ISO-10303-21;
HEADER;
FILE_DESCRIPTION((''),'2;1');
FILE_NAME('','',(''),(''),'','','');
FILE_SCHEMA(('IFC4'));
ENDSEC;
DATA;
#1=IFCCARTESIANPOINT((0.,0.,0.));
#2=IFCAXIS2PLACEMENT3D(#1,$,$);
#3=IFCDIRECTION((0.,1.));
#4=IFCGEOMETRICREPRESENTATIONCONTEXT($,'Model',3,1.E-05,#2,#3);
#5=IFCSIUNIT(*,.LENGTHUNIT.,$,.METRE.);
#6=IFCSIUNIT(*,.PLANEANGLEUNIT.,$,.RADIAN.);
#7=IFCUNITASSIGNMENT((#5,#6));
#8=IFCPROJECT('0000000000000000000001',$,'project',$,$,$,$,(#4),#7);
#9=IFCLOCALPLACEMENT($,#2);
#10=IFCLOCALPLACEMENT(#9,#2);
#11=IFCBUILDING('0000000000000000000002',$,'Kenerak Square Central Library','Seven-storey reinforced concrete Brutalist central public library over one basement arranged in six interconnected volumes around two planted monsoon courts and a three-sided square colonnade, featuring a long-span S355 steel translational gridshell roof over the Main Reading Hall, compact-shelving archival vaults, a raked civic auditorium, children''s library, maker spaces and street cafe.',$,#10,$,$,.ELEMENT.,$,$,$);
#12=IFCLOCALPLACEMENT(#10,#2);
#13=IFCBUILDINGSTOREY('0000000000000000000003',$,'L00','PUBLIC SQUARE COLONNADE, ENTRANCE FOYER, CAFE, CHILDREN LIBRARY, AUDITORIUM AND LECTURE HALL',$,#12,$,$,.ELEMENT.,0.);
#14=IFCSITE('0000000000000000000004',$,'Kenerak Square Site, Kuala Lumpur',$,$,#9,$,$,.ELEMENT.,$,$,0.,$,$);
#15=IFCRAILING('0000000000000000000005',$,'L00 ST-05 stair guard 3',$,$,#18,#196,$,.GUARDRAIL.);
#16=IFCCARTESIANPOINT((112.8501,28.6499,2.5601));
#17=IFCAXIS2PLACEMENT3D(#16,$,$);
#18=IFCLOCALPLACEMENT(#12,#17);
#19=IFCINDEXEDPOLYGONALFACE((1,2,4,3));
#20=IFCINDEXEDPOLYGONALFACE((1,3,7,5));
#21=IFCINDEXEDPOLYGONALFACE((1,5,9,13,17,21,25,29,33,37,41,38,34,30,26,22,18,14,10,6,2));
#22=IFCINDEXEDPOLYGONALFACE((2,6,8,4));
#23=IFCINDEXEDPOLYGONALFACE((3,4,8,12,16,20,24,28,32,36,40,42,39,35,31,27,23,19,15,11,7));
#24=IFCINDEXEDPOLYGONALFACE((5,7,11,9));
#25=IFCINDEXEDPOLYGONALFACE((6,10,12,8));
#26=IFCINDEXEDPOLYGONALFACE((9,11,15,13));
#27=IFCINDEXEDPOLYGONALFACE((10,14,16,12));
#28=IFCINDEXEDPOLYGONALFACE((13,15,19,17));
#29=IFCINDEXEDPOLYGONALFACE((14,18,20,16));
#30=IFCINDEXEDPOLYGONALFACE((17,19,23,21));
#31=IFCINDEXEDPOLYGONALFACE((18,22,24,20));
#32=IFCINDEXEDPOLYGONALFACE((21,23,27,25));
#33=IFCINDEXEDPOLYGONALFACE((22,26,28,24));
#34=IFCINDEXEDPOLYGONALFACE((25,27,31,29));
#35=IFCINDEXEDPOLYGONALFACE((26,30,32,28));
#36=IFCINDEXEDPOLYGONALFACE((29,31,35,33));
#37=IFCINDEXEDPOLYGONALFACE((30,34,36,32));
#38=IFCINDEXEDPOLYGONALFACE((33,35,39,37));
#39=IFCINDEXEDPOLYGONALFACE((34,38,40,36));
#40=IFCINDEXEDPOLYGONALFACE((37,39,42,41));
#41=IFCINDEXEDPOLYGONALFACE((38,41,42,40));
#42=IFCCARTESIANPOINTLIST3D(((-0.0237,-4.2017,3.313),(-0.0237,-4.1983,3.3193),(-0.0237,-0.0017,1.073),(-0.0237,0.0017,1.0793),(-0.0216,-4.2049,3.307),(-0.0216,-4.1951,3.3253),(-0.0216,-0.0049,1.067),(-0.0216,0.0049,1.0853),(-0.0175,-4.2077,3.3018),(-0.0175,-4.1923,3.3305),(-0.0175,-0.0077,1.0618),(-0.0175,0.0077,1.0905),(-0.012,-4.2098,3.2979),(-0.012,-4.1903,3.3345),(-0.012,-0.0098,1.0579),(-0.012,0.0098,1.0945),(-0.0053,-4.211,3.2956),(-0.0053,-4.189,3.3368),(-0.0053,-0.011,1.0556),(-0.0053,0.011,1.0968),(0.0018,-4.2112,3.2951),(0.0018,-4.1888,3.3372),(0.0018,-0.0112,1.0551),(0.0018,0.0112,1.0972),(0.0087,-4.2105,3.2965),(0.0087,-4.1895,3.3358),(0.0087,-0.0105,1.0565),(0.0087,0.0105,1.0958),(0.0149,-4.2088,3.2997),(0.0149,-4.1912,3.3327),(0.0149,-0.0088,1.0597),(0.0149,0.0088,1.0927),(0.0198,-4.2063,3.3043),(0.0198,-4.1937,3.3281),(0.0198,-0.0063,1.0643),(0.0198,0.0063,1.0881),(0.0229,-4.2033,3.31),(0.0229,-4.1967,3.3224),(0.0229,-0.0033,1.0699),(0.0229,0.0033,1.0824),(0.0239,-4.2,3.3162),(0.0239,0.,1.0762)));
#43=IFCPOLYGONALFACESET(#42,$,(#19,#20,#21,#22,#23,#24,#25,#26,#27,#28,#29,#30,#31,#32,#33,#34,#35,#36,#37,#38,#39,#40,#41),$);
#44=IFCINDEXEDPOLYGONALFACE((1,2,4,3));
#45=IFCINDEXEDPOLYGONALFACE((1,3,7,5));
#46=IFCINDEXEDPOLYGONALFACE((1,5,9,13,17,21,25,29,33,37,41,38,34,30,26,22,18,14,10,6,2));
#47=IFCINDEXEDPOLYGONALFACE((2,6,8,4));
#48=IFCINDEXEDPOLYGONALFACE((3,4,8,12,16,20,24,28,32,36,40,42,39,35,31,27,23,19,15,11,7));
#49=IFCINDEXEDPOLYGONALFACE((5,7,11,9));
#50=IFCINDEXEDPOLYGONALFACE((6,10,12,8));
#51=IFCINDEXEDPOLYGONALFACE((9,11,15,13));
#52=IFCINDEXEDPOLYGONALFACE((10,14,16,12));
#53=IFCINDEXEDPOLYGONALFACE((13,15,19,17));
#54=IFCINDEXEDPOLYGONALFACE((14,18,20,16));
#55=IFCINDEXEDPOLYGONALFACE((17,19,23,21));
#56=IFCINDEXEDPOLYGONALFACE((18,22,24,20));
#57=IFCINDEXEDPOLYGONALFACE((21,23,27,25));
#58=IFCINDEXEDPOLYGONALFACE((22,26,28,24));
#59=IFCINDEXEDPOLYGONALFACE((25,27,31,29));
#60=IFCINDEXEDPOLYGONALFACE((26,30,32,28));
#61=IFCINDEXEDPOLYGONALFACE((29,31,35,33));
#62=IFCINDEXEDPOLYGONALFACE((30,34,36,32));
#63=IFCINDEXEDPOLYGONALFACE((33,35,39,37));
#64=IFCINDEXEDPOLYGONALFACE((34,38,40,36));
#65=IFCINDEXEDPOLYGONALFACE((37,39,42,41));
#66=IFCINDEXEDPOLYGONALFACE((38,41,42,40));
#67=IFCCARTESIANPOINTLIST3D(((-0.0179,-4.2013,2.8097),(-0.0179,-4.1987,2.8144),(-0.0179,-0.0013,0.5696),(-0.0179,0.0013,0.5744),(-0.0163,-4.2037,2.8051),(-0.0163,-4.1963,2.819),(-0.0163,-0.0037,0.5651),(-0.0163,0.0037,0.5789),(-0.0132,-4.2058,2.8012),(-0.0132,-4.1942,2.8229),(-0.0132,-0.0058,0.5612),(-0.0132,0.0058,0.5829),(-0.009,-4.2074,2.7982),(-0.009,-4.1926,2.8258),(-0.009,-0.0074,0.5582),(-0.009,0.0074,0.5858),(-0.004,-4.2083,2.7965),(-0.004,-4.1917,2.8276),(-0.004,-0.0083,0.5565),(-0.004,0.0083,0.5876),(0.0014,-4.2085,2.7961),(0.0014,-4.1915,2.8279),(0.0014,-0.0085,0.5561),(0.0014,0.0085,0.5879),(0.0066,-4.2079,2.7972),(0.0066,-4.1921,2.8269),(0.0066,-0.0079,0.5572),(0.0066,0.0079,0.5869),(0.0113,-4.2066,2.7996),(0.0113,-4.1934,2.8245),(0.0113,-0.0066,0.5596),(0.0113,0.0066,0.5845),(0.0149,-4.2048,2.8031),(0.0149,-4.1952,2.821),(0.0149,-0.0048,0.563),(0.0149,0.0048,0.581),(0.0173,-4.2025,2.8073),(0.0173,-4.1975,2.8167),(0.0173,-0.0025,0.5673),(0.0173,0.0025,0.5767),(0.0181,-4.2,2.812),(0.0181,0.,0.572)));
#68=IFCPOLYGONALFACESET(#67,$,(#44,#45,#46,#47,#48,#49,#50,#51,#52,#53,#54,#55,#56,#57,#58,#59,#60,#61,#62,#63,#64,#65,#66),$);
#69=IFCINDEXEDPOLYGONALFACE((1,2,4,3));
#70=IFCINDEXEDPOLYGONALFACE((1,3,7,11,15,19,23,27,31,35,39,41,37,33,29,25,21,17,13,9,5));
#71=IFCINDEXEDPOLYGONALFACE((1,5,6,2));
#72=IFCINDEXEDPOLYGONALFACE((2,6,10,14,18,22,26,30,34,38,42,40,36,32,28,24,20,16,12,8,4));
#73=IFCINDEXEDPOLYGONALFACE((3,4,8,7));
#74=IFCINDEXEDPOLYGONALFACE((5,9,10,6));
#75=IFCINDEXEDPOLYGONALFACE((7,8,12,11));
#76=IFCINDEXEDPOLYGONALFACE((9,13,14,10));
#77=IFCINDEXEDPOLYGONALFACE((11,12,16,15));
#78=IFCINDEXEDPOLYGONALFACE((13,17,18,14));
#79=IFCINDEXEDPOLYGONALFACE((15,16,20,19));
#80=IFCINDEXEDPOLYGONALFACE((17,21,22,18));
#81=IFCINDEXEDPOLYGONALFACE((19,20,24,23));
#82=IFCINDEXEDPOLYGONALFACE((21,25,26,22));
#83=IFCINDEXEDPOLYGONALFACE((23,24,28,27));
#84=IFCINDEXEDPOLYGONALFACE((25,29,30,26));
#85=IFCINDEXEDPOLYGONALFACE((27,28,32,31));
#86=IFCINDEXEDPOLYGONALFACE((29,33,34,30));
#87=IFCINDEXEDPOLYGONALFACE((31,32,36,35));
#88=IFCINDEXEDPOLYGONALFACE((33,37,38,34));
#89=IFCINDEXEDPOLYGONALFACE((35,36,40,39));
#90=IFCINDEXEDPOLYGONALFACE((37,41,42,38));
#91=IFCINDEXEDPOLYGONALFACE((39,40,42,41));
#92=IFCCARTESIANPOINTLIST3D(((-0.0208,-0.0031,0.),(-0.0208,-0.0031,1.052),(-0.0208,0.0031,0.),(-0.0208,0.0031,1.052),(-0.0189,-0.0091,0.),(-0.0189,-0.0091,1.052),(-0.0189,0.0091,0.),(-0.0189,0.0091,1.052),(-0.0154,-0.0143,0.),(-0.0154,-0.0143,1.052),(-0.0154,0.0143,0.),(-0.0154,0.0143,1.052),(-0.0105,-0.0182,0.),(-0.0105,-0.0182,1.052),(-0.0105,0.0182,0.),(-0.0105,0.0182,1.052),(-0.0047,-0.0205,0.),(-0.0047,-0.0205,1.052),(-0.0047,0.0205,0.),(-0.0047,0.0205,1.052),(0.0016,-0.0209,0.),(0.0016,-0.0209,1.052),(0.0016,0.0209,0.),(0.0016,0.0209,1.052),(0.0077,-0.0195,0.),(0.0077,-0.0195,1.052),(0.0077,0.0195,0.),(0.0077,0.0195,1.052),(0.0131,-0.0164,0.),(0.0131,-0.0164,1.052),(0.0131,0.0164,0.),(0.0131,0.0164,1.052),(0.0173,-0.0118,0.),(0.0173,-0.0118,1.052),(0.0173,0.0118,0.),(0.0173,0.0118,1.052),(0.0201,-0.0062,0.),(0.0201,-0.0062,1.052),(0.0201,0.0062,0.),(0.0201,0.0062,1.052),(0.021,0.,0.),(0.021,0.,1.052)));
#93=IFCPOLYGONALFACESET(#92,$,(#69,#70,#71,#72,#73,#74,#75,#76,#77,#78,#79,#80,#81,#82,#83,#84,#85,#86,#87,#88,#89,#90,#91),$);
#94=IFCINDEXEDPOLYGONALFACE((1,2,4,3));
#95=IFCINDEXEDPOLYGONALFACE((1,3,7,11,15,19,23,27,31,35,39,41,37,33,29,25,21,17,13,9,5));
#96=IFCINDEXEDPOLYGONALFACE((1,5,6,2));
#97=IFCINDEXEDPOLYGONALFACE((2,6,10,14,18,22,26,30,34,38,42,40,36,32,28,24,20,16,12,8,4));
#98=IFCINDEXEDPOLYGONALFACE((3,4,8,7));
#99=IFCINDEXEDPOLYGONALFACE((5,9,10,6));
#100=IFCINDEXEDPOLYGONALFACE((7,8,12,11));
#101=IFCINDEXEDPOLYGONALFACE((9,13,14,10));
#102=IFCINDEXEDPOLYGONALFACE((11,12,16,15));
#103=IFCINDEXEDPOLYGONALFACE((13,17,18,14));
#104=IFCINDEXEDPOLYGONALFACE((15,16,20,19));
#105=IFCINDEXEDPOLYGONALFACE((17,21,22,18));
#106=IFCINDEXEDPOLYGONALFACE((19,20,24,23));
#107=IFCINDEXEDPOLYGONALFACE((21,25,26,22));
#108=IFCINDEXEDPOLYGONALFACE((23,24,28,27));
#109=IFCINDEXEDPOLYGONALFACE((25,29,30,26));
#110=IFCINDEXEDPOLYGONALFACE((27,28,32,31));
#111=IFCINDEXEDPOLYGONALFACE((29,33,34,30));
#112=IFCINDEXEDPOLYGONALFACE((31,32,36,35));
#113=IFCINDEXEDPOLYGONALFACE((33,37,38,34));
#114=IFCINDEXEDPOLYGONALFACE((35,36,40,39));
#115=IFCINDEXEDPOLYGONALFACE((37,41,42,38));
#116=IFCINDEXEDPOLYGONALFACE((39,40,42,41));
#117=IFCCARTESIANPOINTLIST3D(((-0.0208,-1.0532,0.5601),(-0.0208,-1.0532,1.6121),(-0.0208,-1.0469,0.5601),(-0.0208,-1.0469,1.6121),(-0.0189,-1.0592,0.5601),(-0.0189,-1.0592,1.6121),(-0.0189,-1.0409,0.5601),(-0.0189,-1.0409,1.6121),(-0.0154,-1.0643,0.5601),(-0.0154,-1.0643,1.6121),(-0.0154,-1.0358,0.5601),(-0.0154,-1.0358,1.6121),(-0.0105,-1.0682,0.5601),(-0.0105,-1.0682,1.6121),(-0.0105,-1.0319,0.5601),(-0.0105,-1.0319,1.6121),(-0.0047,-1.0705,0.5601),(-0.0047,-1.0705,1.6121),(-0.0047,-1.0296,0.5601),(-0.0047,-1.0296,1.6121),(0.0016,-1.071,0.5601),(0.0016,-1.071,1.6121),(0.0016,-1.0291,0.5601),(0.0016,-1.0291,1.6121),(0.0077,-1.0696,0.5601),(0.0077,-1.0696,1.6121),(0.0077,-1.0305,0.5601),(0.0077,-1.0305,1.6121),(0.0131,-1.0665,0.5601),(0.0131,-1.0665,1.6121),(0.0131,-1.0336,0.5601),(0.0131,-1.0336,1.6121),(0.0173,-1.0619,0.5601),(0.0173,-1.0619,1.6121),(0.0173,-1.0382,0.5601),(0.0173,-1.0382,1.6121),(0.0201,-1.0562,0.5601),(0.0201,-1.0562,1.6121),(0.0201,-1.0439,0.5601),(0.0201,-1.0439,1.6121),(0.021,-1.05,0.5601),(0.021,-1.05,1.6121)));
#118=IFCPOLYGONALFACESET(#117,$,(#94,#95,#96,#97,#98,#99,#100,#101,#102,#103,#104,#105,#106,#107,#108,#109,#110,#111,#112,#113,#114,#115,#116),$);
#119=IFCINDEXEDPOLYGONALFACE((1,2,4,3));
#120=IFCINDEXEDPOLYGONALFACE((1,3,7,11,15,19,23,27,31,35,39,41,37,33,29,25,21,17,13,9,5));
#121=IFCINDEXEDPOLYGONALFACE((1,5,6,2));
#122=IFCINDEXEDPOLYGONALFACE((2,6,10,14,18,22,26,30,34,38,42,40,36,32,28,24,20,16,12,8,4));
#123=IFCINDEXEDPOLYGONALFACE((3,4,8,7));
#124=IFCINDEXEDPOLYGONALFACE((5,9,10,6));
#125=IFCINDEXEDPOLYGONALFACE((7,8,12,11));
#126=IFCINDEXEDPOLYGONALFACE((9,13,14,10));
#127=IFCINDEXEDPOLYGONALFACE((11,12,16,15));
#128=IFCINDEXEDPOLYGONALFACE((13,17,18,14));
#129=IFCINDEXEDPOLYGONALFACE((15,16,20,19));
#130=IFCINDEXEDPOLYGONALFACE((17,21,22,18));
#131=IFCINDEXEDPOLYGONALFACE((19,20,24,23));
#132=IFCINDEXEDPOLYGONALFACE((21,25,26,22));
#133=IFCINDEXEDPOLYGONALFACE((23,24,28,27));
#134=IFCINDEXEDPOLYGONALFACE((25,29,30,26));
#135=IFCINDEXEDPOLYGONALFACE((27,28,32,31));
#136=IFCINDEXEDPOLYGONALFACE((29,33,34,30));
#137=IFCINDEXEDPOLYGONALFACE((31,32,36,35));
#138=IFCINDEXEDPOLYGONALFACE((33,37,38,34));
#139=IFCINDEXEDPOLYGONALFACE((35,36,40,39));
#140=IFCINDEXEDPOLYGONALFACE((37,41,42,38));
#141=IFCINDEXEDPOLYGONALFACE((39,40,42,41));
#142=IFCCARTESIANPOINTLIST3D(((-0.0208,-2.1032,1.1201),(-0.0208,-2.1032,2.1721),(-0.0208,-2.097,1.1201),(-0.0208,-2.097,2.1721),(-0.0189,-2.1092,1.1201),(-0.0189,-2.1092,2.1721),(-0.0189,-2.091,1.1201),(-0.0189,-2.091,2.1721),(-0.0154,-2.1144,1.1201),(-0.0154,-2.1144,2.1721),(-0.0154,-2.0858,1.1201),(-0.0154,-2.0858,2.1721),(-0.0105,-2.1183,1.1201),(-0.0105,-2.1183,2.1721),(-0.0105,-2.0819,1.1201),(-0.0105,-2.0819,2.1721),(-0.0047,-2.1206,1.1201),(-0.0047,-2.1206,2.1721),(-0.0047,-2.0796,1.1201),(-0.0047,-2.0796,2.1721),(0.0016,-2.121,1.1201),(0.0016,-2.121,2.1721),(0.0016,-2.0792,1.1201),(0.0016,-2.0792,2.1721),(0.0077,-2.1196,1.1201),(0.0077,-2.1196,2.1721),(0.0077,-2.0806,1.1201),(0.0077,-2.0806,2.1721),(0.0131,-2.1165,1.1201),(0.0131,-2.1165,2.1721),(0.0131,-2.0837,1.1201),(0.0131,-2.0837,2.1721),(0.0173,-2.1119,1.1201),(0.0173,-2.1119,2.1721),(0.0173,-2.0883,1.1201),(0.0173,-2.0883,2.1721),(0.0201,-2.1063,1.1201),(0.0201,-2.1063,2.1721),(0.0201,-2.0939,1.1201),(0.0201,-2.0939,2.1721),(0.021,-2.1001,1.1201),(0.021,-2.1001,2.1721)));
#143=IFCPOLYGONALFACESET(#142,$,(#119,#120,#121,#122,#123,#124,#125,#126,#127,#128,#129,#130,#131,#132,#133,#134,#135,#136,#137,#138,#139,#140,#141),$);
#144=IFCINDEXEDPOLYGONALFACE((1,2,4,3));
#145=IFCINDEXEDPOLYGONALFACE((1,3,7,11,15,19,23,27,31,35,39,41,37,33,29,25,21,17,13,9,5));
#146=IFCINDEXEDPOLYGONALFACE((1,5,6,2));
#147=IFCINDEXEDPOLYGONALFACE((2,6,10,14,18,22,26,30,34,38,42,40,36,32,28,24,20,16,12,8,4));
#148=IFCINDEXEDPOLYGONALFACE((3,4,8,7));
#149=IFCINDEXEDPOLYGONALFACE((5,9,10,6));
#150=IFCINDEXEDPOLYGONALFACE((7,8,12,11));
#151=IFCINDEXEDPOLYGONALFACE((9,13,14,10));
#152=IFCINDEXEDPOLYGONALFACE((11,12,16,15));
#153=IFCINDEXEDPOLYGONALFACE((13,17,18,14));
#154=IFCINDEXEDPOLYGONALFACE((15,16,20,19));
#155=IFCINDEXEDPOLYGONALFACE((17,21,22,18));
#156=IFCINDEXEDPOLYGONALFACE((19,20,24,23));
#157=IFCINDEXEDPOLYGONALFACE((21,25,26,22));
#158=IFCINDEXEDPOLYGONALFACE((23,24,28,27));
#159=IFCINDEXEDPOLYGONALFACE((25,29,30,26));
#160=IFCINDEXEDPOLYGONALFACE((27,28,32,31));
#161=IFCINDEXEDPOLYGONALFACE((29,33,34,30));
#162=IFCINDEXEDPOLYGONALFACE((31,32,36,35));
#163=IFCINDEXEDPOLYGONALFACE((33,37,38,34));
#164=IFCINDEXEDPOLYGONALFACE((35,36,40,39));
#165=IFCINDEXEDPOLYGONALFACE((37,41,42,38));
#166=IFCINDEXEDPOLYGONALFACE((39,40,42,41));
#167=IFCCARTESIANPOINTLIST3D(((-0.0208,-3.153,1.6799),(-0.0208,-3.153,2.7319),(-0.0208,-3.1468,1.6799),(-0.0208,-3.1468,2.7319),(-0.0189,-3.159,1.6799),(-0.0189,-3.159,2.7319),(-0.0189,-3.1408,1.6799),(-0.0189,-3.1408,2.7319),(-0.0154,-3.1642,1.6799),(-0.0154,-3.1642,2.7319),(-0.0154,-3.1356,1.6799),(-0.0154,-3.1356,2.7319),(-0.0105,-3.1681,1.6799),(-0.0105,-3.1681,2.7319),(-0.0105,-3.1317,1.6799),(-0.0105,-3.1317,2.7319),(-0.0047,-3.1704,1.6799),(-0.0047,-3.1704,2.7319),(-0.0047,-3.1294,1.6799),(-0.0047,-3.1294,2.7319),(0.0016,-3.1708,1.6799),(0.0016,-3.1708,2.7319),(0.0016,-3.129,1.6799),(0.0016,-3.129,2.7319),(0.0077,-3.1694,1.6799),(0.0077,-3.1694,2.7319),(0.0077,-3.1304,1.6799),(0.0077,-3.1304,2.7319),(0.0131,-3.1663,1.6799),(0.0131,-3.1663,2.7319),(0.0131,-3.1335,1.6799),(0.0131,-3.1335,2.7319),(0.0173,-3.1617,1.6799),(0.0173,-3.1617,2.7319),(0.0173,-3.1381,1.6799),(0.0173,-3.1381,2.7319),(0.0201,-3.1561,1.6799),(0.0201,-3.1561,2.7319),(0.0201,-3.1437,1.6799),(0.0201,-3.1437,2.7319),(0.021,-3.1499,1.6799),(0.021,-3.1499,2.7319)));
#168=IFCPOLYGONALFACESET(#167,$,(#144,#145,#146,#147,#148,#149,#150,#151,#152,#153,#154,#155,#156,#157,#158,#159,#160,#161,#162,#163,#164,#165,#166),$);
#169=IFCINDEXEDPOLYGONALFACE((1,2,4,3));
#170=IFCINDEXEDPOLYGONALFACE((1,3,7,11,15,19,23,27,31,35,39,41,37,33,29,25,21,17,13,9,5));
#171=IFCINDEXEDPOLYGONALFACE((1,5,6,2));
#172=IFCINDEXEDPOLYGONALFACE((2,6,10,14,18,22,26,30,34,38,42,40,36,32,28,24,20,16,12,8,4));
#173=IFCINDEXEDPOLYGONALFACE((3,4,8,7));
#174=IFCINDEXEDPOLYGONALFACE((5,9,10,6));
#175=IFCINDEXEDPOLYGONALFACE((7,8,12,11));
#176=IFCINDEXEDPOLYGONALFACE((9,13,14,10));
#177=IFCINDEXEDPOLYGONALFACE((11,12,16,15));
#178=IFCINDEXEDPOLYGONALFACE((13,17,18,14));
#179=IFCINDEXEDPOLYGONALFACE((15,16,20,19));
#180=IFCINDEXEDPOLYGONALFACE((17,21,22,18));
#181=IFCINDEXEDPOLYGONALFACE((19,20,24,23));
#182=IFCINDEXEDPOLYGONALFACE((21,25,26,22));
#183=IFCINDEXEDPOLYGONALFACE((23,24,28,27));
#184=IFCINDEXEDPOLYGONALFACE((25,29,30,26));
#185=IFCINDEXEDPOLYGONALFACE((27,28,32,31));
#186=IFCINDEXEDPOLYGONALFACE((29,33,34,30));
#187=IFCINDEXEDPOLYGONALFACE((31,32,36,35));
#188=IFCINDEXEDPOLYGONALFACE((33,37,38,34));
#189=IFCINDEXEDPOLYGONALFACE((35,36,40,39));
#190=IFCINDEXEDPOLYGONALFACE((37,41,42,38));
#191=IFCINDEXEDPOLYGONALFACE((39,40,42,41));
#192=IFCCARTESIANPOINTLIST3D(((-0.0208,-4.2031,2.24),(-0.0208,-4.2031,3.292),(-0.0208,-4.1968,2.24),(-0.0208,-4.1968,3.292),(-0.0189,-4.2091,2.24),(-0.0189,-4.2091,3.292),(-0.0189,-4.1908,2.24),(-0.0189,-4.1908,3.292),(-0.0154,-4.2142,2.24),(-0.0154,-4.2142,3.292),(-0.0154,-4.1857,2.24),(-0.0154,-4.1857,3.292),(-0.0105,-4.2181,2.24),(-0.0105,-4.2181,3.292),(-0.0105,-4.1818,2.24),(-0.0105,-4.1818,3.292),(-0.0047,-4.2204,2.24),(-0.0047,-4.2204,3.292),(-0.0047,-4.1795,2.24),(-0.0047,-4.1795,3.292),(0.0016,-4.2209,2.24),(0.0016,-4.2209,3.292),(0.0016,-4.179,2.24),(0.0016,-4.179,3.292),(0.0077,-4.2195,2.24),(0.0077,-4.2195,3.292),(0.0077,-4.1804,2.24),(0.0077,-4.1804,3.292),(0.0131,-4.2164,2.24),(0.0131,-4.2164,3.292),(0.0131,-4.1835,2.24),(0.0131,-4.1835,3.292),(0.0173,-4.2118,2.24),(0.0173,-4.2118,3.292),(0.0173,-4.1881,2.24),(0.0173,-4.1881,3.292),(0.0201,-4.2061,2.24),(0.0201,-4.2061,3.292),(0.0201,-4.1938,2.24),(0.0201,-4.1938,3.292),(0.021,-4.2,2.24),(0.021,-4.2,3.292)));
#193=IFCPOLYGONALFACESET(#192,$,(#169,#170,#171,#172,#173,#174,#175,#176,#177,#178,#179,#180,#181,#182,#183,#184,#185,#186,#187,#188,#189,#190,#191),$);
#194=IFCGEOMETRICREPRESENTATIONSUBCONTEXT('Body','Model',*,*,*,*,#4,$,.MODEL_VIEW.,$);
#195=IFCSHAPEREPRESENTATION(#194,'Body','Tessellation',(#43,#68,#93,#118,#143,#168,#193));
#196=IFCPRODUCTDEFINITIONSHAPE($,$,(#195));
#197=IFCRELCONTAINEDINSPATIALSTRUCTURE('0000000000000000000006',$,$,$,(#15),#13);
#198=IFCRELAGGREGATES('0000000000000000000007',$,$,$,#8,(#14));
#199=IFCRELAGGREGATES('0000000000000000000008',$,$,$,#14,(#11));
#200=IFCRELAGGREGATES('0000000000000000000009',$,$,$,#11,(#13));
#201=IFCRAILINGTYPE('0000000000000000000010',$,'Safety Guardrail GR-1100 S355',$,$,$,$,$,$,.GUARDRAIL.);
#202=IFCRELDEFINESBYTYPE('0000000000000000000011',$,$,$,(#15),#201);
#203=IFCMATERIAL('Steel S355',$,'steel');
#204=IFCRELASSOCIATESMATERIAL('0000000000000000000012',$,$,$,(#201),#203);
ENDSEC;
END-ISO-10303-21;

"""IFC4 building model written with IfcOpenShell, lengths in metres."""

from ifc_helpers import new_model, si_unit, direction, frame, origin, origin_2d, place, context, subcontext, project, spatial, circle, extrude, material, type_object, element, save


model = new_model("IFC4")

# Units and contexts
model_context = context("Model", 3, precision=1e-05, world=origin(), true_north=direction((0.0, 1.0)))
body_context = subcontext(model_context, "Body", "Model", "MODEL_VIEW")
ifc_project = project(units=[si_unit("LENGTHUNIT", "METRE"), si_unit("PLANEANGLEUNIT", "RADIAN")], contexts=[model_context])

# Site, building, storey
site_placement = place(None, origin())
site = spatial("IfcSite", under=ifc_project, at=site_placement, Name="Kenerak Square Site, Kuala Lumpur", CompositionType="ELEMENT", RefElevation=0.0)
building_placement = place(site_placement, origin())
building = spatial("IfcBuilding", under=site, at=building_placement, Name="Kenerak Square Central Library", Description="Seven-storey reinforced concrete Brutalist central public library over one basement arranged in six interconnected volumes around two planted monsoon courts and a three-sided square colonnade, featuring a long-span S355 steel translational gridshell roof over the Main Reading Hall, compact-shelving archival vaults, a raked civic auditorium, children's library, maker spaces and street cafe.", CompositionType="ELEMENT")
storey_placement = place(building_placement, origin())
storey = spatial("IfcBuildingStorey", under=building, at=storey_placement, Name="L00", Description="PUBLIC SQUARE COLONNADE, ENTRANCE FOYER, CAFE, CHILDREN LIBRARY, AUDITORIUM AND LECTURE HALL", CompositionType="ELEMENT", Elevation=0.0)

# Shared definitions
ifc_material_1 = material(Name="Steel S355", Category="steel")

# Railing
railing_type_1 = type_object("IfcRailingType", Name="Safety Guardrail GR-1100 S355", PredefinedType="GUARDRAIL", material=ifc_material_1)
railing_1_placement = place(storey_placement, frame((112.8501, 28.6499, 2.5601)))
element("IfcRailing", 1, at=railing_1_placement, inside=storey, type_object=railing_type_1, Name="L00 ST-05 stair guard 3", PredefinedType="GUARDRAIL", context=body_context, shape_type="SweptSolid", body=[
    extrude(circle(Radius=0.0239, at=origin_2d()), frame((0.0, 0.0, 1.0762), z_axis=(0.0, -0.882352, 0.470591), x_axis=(1.0, 0.0, 0.0)), (0.0, 0.0, 1.0), 4.76),
    extrude(circle(Radius=0.0181, at=origin_2d()), frame((0.0, 0.0, 0.572), z_axis=(0.0, -0.882352, 0.470591), x_axis=(1.0, 0.0, 0.0)), (0.0, 0.0, 1.0), 4.76),
    extrude(circle(Radius=0.021, at=origin_2d()), origin(), (0.0, 0.0, 1.0), 1.052),
    extrude(circle(Radius=0.021, at=origin_2d()), frame((0.0, -1.05, 0.5601)), (0.0, 0.0, 1.0), 1.052),
    extrude(circle(Radius=0.021, at=origin_2d()), frame((0.0, -2.1001, 1.1201)), (0.0, 0.0, 1.0), 1.052),
    extrude(circle(Radius=0.021, at=origin_2d()), frame((0.0, -3.1499, 1.6799)), (0.0, 0.0, 1.0), 1.052),
    extrude(circle(Radius=0.021, at=origin_2d()), frame((0.0, -4.2, 2.24)), (0.0, 0.0, 1.0), 1.052),
])

save(model, "model.ifc")
